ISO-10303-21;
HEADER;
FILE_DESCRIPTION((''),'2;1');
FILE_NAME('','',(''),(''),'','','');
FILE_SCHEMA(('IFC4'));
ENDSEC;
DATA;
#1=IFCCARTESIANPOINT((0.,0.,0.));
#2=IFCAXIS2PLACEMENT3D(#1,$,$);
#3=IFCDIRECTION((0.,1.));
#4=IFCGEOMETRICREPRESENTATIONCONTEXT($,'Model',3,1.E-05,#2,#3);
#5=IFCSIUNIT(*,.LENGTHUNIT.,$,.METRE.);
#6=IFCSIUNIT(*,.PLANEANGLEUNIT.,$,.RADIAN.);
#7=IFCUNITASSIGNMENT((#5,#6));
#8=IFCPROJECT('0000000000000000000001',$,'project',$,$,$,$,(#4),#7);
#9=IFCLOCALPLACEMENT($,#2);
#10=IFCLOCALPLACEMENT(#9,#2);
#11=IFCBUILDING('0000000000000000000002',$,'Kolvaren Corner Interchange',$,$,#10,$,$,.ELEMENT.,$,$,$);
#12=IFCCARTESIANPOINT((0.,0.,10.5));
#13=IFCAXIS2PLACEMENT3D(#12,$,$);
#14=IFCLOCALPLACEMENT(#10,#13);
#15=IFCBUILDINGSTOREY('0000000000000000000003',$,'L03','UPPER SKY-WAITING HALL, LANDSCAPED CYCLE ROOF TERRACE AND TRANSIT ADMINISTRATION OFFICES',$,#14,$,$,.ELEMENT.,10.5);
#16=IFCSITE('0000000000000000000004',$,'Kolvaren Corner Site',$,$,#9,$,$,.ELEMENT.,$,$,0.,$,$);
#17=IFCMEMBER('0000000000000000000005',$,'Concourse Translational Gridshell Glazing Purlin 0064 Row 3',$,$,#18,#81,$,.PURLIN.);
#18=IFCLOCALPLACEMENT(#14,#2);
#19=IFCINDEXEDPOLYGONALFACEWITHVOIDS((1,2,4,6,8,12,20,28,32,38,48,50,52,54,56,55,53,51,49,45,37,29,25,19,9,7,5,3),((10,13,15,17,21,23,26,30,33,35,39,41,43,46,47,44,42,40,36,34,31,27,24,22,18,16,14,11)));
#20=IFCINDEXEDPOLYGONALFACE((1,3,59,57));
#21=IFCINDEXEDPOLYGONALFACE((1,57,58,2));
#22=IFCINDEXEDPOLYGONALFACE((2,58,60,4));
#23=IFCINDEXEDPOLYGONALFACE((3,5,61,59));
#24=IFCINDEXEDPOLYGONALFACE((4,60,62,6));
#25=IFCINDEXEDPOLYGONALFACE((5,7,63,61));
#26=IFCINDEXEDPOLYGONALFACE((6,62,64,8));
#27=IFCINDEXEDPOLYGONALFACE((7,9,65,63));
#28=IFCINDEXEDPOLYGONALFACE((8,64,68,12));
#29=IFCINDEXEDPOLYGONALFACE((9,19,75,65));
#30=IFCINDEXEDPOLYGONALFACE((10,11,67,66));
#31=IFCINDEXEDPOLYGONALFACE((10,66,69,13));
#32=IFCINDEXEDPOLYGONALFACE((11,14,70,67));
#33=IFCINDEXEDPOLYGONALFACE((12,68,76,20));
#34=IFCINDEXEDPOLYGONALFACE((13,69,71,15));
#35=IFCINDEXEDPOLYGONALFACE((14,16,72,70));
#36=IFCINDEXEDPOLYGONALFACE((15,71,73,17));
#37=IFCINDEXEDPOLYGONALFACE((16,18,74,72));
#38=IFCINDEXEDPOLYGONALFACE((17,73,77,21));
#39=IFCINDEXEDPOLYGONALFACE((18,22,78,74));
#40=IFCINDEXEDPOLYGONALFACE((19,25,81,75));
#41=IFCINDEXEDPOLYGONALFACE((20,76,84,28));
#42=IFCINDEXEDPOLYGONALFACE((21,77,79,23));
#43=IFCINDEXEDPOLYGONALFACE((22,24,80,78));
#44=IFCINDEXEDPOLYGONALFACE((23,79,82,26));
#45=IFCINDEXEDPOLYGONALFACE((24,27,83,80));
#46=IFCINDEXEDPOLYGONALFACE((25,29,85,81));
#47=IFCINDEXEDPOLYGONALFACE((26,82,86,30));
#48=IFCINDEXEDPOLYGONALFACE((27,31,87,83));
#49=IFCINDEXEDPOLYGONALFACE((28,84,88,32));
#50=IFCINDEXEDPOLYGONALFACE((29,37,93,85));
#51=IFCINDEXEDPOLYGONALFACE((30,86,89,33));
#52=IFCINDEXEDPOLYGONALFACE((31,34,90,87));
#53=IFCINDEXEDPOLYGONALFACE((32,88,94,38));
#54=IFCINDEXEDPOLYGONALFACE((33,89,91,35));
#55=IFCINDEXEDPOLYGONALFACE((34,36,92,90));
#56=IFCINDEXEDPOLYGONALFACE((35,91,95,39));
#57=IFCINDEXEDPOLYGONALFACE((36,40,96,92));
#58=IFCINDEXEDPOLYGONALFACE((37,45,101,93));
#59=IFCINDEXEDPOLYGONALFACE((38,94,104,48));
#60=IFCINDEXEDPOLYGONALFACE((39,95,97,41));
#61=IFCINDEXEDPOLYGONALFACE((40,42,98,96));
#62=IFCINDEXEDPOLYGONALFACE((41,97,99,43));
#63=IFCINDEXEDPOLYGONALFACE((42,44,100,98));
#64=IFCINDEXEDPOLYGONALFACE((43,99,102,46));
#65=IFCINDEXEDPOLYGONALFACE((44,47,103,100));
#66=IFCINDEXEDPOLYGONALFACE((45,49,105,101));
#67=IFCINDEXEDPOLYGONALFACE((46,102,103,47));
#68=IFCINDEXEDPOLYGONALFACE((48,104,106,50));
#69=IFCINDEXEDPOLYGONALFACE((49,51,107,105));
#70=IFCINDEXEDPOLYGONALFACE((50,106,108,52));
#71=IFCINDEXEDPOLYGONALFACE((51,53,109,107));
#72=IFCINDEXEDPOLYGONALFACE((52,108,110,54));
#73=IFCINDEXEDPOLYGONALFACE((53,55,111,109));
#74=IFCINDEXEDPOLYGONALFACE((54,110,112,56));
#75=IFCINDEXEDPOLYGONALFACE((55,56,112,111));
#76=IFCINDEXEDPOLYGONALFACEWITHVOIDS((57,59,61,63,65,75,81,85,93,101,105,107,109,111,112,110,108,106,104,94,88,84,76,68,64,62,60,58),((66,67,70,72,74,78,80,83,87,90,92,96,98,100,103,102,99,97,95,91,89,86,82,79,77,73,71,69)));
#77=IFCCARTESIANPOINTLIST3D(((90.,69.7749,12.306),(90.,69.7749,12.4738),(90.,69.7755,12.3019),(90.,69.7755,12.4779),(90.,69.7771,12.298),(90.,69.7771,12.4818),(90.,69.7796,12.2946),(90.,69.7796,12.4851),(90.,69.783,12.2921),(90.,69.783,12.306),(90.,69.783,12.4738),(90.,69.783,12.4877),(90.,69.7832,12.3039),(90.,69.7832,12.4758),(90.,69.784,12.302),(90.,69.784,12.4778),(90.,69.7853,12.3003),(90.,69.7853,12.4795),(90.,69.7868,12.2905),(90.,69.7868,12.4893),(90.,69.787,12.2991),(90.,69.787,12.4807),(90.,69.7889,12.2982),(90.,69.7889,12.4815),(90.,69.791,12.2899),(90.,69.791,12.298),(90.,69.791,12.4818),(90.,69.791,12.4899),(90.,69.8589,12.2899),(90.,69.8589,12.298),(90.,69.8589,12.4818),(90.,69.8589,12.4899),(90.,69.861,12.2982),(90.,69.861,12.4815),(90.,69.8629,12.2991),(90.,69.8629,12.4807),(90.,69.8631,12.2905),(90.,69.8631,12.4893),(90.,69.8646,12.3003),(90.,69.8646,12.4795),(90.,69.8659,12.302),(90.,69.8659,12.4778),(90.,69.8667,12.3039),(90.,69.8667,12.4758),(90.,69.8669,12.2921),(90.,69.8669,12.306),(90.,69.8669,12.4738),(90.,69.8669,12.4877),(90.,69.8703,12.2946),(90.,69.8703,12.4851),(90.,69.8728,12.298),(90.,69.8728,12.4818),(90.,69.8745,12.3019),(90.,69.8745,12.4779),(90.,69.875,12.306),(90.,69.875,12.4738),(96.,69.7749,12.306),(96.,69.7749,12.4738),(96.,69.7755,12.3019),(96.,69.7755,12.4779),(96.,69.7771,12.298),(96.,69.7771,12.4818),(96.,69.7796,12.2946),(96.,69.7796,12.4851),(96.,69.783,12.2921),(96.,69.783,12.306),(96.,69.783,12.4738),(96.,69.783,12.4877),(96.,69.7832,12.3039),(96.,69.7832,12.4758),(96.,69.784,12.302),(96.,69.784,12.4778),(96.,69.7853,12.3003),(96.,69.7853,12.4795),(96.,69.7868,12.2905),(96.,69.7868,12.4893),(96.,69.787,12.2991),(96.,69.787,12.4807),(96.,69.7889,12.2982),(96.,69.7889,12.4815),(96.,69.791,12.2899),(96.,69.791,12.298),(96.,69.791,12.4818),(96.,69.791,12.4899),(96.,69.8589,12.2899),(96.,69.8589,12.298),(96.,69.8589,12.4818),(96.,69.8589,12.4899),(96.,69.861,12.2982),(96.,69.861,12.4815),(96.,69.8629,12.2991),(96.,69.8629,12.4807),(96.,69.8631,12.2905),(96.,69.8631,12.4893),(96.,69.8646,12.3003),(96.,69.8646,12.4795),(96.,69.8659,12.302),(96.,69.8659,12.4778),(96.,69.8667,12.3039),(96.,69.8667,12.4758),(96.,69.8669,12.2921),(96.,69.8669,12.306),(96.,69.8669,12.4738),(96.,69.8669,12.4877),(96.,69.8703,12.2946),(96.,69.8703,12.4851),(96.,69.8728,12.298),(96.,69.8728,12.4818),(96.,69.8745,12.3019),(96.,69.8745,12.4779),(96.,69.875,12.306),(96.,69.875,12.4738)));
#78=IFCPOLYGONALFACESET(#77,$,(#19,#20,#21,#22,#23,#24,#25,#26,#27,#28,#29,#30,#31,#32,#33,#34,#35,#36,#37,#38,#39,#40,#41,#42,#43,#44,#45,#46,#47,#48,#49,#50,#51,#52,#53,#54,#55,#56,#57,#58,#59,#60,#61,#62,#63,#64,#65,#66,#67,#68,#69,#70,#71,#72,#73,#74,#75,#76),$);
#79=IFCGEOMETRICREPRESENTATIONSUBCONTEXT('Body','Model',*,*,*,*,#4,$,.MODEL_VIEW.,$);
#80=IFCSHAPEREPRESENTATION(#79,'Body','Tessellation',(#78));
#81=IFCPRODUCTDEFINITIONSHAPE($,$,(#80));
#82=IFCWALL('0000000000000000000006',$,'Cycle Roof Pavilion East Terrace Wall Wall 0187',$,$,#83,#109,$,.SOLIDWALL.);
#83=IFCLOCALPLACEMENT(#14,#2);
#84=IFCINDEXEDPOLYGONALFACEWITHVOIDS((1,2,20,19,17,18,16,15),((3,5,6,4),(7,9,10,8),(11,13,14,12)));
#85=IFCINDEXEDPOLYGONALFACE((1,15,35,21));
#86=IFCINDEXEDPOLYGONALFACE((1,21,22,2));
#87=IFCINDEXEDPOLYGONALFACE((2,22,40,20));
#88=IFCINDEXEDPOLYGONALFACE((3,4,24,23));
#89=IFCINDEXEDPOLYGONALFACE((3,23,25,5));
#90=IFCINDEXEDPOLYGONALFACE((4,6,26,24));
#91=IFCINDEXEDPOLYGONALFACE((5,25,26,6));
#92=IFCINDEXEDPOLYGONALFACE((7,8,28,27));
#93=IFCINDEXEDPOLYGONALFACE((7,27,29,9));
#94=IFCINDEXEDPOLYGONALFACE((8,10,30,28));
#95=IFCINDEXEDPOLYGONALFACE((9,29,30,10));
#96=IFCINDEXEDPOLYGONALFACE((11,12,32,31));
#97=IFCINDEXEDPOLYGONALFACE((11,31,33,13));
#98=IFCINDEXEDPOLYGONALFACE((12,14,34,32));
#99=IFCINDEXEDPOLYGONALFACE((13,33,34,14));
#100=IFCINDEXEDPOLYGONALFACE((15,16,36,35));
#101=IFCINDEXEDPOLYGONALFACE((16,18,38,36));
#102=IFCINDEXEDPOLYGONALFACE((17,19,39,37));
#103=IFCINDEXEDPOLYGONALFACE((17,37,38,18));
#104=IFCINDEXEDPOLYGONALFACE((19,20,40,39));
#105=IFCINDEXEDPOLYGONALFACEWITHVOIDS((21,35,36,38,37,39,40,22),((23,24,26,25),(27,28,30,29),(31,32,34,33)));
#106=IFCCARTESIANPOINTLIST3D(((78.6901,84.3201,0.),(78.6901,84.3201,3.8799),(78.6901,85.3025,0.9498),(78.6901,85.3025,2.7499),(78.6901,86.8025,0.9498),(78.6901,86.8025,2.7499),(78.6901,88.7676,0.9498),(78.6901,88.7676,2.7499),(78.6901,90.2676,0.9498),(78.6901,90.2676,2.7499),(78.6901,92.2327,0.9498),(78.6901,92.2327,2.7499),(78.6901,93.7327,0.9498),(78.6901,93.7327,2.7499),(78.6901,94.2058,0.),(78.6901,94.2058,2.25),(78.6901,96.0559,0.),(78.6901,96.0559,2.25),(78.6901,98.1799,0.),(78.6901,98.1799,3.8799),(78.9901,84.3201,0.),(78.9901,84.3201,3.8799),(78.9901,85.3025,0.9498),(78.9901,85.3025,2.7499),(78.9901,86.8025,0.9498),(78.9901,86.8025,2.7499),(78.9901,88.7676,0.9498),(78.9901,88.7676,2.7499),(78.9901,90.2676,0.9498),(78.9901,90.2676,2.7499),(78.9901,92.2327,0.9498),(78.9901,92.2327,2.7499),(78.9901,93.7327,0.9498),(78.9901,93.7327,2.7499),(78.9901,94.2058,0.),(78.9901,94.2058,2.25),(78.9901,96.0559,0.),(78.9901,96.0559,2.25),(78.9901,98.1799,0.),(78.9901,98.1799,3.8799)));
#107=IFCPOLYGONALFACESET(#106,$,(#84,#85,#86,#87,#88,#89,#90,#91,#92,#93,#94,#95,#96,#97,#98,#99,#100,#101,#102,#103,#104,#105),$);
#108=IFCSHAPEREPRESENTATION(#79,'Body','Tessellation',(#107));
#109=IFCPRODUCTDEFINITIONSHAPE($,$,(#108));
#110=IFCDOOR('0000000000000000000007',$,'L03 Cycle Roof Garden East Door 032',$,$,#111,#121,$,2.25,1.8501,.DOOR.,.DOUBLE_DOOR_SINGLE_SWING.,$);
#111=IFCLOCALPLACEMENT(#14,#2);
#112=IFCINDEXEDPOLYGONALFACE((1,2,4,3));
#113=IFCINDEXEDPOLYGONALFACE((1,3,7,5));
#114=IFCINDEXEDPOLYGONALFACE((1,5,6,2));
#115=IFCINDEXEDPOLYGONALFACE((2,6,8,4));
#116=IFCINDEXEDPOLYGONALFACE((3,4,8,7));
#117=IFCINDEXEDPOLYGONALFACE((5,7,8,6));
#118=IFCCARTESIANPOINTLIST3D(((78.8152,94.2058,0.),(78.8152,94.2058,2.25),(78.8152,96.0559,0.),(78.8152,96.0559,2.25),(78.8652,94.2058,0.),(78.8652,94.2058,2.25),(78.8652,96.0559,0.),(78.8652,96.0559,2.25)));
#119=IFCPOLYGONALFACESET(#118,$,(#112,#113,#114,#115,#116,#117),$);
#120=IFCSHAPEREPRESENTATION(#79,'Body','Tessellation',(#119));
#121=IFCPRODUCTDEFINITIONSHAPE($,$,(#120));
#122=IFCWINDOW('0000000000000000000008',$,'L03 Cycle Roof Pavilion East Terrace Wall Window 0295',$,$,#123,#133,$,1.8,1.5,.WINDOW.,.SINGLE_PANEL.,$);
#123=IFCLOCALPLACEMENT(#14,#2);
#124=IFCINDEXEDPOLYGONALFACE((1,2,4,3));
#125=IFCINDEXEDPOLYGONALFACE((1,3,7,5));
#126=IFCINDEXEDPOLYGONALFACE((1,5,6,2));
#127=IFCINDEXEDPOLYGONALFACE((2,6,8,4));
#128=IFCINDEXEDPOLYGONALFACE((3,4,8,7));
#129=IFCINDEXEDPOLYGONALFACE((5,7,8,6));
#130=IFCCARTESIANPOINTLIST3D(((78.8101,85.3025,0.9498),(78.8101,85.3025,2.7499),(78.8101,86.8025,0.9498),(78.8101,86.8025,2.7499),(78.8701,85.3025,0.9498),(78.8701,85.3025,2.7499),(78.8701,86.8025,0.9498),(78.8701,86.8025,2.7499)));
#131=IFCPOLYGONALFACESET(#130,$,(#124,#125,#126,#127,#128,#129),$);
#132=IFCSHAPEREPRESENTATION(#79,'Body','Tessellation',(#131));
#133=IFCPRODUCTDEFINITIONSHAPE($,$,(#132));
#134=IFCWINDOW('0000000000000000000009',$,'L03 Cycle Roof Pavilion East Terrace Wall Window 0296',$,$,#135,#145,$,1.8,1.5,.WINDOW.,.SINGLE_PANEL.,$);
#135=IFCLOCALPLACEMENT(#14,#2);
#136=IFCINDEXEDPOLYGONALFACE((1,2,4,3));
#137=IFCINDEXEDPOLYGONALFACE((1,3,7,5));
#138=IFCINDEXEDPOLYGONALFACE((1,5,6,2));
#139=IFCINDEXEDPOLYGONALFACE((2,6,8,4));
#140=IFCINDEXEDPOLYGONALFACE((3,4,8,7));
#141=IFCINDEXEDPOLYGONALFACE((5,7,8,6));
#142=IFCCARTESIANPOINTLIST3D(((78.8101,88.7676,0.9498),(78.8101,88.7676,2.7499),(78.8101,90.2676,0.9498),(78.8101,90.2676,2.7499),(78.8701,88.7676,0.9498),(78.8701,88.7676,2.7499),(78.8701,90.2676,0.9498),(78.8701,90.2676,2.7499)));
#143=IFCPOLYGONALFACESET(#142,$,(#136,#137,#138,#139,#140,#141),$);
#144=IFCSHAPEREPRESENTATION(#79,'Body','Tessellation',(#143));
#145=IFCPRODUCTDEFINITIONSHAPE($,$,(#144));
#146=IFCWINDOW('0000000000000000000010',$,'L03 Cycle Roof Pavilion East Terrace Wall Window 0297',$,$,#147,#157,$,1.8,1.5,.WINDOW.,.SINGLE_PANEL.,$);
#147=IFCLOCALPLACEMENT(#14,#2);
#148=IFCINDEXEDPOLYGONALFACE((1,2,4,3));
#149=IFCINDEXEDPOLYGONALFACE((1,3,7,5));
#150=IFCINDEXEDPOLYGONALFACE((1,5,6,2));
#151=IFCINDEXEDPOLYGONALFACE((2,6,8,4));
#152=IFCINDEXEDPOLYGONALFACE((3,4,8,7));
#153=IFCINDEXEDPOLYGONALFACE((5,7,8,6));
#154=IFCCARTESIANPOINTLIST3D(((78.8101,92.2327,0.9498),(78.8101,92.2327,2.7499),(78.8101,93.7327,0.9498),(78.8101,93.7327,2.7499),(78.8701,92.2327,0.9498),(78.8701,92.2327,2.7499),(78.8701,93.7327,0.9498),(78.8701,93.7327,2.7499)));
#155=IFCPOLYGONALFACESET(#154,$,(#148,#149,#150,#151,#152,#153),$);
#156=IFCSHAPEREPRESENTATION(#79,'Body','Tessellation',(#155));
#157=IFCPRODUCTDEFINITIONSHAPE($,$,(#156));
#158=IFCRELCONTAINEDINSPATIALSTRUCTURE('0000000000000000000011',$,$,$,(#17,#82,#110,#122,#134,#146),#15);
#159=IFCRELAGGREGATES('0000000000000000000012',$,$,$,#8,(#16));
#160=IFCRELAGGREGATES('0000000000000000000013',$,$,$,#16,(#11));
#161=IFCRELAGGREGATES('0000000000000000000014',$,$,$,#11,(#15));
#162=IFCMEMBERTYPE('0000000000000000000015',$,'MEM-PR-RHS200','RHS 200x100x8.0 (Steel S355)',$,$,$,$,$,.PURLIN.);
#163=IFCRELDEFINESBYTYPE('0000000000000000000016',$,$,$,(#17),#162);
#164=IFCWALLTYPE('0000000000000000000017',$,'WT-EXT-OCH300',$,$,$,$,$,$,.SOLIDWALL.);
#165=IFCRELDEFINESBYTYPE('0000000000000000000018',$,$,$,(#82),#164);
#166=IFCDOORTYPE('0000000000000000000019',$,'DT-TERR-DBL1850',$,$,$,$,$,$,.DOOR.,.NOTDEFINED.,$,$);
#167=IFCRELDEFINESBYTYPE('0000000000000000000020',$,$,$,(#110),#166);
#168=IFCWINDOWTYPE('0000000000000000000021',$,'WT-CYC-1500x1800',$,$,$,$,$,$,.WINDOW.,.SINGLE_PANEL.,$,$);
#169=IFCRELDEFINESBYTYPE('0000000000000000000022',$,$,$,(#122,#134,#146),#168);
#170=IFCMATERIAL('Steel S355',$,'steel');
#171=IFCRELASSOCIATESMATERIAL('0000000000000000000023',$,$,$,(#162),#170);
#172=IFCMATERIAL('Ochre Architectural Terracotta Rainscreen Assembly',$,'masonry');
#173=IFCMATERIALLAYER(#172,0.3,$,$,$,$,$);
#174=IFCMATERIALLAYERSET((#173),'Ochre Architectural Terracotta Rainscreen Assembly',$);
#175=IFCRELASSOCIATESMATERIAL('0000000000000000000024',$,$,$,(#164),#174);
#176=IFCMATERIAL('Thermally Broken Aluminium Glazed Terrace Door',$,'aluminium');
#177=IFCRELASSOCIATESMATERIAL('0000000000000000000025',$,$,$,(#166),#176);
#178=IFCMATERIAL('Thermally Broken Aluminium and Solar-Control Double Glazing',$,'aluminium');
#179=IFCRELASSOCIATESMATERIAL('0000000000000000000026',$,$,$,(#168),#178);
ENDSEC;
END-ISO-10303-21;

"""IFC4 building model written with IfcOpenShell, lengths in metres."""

from ifc_helpers import new_model, si_unit, direction, frame, frame_2d, origin, origin_2d, place, context, subcontext, project, spatial, rectangle, hollow_rectangle, extrude, material, layer, layer_set, material_profile, profile_set, type_object, element, fill, save


model = new_model("IFC4")

# Units and contexts
model_context = context("Model", 3, precision=1e-05, world=origin(), true_north=direction((0.0, 1.0)))
body_context = subcontext(model_context, "Body", "Model", "MODEL_VIEW")
ifc_project = project(units=[si_unit("LENGTHUNIT", "METRE"), si_unit("PLANEANGLEUNIT", "RADIAN")], contexts=[model_context])

# Site, building, storey
site_placement = place(None, origin())
site = spatial("IfcSite", under=ifc_project, at=site_placement, Name="Kolvaren Corner Site", CompositionType="ELEMENT", RefElevation=0.0)
building_placement = place(site_placement, origin())
building = spatial("IfcBuilding", under=site, at=building_placement, Name="Kolvaren Corner Interchange", CompositionType="ELEMENT")
storey_placement = place(building_placement, frame((0.0, 0.0, 10.5)))
storey = spatial("IfcBuildingStorey", under=building, at=storey_placement, Name="L03", Description="UPPER SKY-WAITING HALL, LANDSCAPED CYCLE ROOF TERRACE AND TRANSIT ADMINISTRATION OFFICES", CompositionType="ELEMENT", Elevation=10.5)

# Member
ifc_material_1 = material(Name="Steel S355", Category="steel")
ifc_material_profile_1 = material_profile(ifc_material_1, hollow_rectangle(XDim=0.1001, YDim=0.2, WallThickness=0.0081, InnerFilletRadius=0.0081, OuterFilletRadius=0.0161, at=origin_2d()), Name="RHS 200x100x8.0")
ifc_profile_set_1 = profile_set([ifc_material_profile_1], Name="Steel S355")
member_type_1 = type_object("IfcMemberType", Name="MEM-PR-RHS200", Description="RHS 200x100x8.0 (Steel S355)", PredefinedType="PURLIN", material=ifc_profile_set_1)
for number, where, z_axis, x_axis, name in (
    (1, (90.0, 69.825, 12.3899), (1.0, 0.0, 0.0), (0.0, 1.0, 0.0), "Concourse Translational Gridshell Glazing Purlin 0064 Row 3"),
):
    element("IfcMember", number, at=place(storey_placement, frame(where, z_axis=z_axis, x_axis=x_axis)), inside=storey, type_object=member_type_1, Name=name, PredefinedType="PURLIN", context=body_context, shape_type="SweptSolid", body=[
        extrude(hollow_rectangle(XDim=0.1001, YDim=0.2, WallThickness=0.0081, InnerFilletRadius=0.0081, OuterFilletRadius=0.0161, at=origin_2d()), origin(), (0.0, 0.0, 1.0), 6.0),
    ])

# Wall, openings, door, windows
ifc_material_2 = material(Name="Ochre Architectural Terracotta Rainscreen Assembly", Category="masonry")
ifc_layer = layer(ifc_material_2, 0.3)
ifc_layer_set = layer_set([ifc_layer], Name="Ochre Architectural Terracotta Rainscreen Assembly")
wall_type = type_object("IfcWallType", Name="WT-EXT-OCH300", PredefinedType="SOLIDWALL", material=ifc_layer_set)
wall_1_placement = place(storey_placement, frame((78.8401, 84.3201, 0.0), z_axis=(0.0, 0.0, 1.0), x_axis=(0.0, 1.0, 0.0)))
wall_1 = element("IfcWall", 2, at=wall_1_placement, inside=storey, type_object=wall_type, Name="Cycle Roof Pavilion East Terrace Wall Wall 0187", PredefinedType="SOLIDWALL", context=body_context, shape_type="SweptSolid", body=[
    extrude(rectangle(XDim=13.8599, YDim=0.3, at=frame_2d((6.9299, 0.0))), origin(), (0.0, 0.0, 1.0), 3.8799),
])
opening_1_placement = place(wall_1_placement, frame((9.8857, 0.0, 0.0)))
opening_1 = element("IfcOpeningElement", 3, at=opening_1_placement, cuts=wall_1, PredefinedType="OPENING", context=body_context, shape_type="SweptSolid", body=[
    extrude(rectangle(XDim=1.8501, YDim=2.25, at=frame_2d((0.925, 1.125))), frame((0.0, 0.1599, 0.0), z_axis=(0.0, -1.0, 0.0), x_axis=(1.0, 0.0, 0.0)), (0.0, 0.0, 1.0), 0.3201),
])
opening_2_placement = place(wall_1_placement, frame((0.9824, 0.0, 0.95)))
opening_2 = element("IfcOpeningElement", 4, at=opening_2_placement, cuts=wall_1, PredefinedType="OPENING", context=body_context, shape_type="SweptSolid", body=[
    extrude(rectangle(XDim=1.5, YDim=1.8, at=frame_2d((0.75, 0.8999))), frame((0.0, 0.1599, 0.0), z_axis=(0.0, -1.0, 0.0), x_axis=(1.0, 0.0, 0.0)), (0.0, 0.0, 1.0), 0.3201),
])
opening_3_placement = place(wall_1_placement, frame((4.4475, 0.0, 0.95)))
opening_3 = element("IfcOpeningElement", 5, at=opening_3_placement, cuts=wall_1, PredefinedType="OPENING", context=body_context, shape_type="SweptSolid", body=[
    extrude(rectangle(XDim=1.5, YDim=1.8, at=frame_2d((0.75, 0.8999))), frame((0.0, 0.1599, 0.0), z_axis=(0.0, -1.0, 0.0), x_axis=(1.0, 0.0, 0.0)), (0.0, 0.0, 1.0), 0.3201),
])
opening_4_placement = place(wall_1_placement, frame((7.9126, 0.0, 0.95)))
opening_4 = element("IfcOpeningElement", 6, at=opening_4_placement, cuts=wall_1, PredefinedType="OPENING", context=body_context, shape_type="SweptSolid", body=[
    extrude(rectangle(XDim=1.5, YDim=1.8, at=frame_2d((0.75, 0.8999))), frame((0.0, 0.1599, 0.0), z_axis=(0.0, -1.0, 0.0), x_axis=(1.0, 0.0, 0.0)), (0.0, 0.0, 1.0), 0.3201),
])
ifc_material_3 = material(Name="Thermally Broken Aluminium Glazed Terrace Door", Category="aluminium")
door_type_1 = type_object("IfcDoorType", Name="DT-TERR-DBL1850", OperationType="NOTDEFINED", PredefinedType="DOOR", material=ifc_material_3)
door_1_placement = place(opening_1_placement, origin())
door_1 = element("IfcDoor", 7, at=door_1_placement, inside=storey, type_object=door_type_1, Name="L03 Cycle Roof Garden East Door 032", OperationType="DOUBLE_DOOR_SINGLE_SWING", OverallHeight=2.25, OverallWidth=1.8501, PredefinedType="DOOR", context=body_context, shape_type="SweptSolid", body=[
    extrude(rectangle(XDim=1.8501, YDim=2.25, at=frame_2d((0.925, 1.125))), frame((0.0, 0.0249, 0.0), z_axis=(0.0, -1.0, 0.0), x_axis=(1.0, 0.0, 0.0)), (0.0, 0.0, 1.0), 0.05),
])
fill(opening_1, door_1)
ifc_material_4 = material(Name="Thermally Broken Aluminium and Solar-Control Double Glazing", Category="aluminium")
window_type = type_object("IfcWindowType", Name="WT-CYC-1500x1800", PartitioningType="SINGLE_PANEL", PredefinedType="WINDOW", material=ifc_material_4)
window_1_placement = place(opening_2_placement, origin())
window_1 = element("IfcWindow", 8, at=window_1_placement, inside=storey, type_object=window_type, Name="L03 Cycle Roof Pavilion East Terrace Wall Window 0295", OverallHeight=1.8, OverallWidth=1.5, PartitioningType="SINGLE_PANEL", PredefinedType="WINDOW", context=body_context, shape_type="SweptSolid", body=[
    extrude(rectangle(XDim=1.5, YDim=1.8, at=frame_2d((0.75, 0.8999))), frame((0.0, 0.03, 0.0), z_axis=(0.0, -1.0, 0.0), x_axis=(1.0, 0.0, 0.0)), (0.0, 0.0, 1.0), 0.0601),
])
fill(opening_2, window_1)
window_2_placement = place(opening_3_placement, origin())
window_2 = element("IfcWindow", 9, at=window_2_placement, inside=storey, type_object=window_type, Name="L03 Cycle Roof Pavilion East Terrace Wall Window 0296", OverallHeight=1.8, OverallWidth=1.5, PartitioningType="SINGLE_PANEL", PredefinedType="WINDOW", context=body_context, shape_type="SweptSolid", body=[
    extrude(rectangle(XDim=1.5, YDim=1.8, at=frame_2d((0.75, 0.8999))), frame((0.0, 0.03, 0.0), z_axis=(0.0, -1.0, 0.0), x_axis=(1.0, 0.0, 0.0)), (0.0, 0.0, 1.0), 0.0601),
])
fill(opening_3, window_2)
window_3_placement = place(opening_4_placement, origin())
window_3 = element("IfcWindow", 10, at=window_3_placement, inside=storey, type_object=window_type, Name="L03 Cycle Roof Pavilion East Terrace Wall Window 0297", OverallHeight=1.8, OverallWidth=1.5, PartitioningType="SINGLE_PANEL", PredefinedType="WINDOW", context=body_context, shape_type="SweptSolid", body=[
    extrude(rectangle(XDim=1.5, YDim=1.8, at=frame_2d((0.75, 0.8999))), frame((0.0, 0.03, 0.0), z_axis=(0.0, -1.0, 0.0), x_axis=(1.0, 0.0, 0.0)), (0.0, 0.0, 1.0), 0.0601),
])
fill(opening_4, window_3)

save(model, "model.ifc")
